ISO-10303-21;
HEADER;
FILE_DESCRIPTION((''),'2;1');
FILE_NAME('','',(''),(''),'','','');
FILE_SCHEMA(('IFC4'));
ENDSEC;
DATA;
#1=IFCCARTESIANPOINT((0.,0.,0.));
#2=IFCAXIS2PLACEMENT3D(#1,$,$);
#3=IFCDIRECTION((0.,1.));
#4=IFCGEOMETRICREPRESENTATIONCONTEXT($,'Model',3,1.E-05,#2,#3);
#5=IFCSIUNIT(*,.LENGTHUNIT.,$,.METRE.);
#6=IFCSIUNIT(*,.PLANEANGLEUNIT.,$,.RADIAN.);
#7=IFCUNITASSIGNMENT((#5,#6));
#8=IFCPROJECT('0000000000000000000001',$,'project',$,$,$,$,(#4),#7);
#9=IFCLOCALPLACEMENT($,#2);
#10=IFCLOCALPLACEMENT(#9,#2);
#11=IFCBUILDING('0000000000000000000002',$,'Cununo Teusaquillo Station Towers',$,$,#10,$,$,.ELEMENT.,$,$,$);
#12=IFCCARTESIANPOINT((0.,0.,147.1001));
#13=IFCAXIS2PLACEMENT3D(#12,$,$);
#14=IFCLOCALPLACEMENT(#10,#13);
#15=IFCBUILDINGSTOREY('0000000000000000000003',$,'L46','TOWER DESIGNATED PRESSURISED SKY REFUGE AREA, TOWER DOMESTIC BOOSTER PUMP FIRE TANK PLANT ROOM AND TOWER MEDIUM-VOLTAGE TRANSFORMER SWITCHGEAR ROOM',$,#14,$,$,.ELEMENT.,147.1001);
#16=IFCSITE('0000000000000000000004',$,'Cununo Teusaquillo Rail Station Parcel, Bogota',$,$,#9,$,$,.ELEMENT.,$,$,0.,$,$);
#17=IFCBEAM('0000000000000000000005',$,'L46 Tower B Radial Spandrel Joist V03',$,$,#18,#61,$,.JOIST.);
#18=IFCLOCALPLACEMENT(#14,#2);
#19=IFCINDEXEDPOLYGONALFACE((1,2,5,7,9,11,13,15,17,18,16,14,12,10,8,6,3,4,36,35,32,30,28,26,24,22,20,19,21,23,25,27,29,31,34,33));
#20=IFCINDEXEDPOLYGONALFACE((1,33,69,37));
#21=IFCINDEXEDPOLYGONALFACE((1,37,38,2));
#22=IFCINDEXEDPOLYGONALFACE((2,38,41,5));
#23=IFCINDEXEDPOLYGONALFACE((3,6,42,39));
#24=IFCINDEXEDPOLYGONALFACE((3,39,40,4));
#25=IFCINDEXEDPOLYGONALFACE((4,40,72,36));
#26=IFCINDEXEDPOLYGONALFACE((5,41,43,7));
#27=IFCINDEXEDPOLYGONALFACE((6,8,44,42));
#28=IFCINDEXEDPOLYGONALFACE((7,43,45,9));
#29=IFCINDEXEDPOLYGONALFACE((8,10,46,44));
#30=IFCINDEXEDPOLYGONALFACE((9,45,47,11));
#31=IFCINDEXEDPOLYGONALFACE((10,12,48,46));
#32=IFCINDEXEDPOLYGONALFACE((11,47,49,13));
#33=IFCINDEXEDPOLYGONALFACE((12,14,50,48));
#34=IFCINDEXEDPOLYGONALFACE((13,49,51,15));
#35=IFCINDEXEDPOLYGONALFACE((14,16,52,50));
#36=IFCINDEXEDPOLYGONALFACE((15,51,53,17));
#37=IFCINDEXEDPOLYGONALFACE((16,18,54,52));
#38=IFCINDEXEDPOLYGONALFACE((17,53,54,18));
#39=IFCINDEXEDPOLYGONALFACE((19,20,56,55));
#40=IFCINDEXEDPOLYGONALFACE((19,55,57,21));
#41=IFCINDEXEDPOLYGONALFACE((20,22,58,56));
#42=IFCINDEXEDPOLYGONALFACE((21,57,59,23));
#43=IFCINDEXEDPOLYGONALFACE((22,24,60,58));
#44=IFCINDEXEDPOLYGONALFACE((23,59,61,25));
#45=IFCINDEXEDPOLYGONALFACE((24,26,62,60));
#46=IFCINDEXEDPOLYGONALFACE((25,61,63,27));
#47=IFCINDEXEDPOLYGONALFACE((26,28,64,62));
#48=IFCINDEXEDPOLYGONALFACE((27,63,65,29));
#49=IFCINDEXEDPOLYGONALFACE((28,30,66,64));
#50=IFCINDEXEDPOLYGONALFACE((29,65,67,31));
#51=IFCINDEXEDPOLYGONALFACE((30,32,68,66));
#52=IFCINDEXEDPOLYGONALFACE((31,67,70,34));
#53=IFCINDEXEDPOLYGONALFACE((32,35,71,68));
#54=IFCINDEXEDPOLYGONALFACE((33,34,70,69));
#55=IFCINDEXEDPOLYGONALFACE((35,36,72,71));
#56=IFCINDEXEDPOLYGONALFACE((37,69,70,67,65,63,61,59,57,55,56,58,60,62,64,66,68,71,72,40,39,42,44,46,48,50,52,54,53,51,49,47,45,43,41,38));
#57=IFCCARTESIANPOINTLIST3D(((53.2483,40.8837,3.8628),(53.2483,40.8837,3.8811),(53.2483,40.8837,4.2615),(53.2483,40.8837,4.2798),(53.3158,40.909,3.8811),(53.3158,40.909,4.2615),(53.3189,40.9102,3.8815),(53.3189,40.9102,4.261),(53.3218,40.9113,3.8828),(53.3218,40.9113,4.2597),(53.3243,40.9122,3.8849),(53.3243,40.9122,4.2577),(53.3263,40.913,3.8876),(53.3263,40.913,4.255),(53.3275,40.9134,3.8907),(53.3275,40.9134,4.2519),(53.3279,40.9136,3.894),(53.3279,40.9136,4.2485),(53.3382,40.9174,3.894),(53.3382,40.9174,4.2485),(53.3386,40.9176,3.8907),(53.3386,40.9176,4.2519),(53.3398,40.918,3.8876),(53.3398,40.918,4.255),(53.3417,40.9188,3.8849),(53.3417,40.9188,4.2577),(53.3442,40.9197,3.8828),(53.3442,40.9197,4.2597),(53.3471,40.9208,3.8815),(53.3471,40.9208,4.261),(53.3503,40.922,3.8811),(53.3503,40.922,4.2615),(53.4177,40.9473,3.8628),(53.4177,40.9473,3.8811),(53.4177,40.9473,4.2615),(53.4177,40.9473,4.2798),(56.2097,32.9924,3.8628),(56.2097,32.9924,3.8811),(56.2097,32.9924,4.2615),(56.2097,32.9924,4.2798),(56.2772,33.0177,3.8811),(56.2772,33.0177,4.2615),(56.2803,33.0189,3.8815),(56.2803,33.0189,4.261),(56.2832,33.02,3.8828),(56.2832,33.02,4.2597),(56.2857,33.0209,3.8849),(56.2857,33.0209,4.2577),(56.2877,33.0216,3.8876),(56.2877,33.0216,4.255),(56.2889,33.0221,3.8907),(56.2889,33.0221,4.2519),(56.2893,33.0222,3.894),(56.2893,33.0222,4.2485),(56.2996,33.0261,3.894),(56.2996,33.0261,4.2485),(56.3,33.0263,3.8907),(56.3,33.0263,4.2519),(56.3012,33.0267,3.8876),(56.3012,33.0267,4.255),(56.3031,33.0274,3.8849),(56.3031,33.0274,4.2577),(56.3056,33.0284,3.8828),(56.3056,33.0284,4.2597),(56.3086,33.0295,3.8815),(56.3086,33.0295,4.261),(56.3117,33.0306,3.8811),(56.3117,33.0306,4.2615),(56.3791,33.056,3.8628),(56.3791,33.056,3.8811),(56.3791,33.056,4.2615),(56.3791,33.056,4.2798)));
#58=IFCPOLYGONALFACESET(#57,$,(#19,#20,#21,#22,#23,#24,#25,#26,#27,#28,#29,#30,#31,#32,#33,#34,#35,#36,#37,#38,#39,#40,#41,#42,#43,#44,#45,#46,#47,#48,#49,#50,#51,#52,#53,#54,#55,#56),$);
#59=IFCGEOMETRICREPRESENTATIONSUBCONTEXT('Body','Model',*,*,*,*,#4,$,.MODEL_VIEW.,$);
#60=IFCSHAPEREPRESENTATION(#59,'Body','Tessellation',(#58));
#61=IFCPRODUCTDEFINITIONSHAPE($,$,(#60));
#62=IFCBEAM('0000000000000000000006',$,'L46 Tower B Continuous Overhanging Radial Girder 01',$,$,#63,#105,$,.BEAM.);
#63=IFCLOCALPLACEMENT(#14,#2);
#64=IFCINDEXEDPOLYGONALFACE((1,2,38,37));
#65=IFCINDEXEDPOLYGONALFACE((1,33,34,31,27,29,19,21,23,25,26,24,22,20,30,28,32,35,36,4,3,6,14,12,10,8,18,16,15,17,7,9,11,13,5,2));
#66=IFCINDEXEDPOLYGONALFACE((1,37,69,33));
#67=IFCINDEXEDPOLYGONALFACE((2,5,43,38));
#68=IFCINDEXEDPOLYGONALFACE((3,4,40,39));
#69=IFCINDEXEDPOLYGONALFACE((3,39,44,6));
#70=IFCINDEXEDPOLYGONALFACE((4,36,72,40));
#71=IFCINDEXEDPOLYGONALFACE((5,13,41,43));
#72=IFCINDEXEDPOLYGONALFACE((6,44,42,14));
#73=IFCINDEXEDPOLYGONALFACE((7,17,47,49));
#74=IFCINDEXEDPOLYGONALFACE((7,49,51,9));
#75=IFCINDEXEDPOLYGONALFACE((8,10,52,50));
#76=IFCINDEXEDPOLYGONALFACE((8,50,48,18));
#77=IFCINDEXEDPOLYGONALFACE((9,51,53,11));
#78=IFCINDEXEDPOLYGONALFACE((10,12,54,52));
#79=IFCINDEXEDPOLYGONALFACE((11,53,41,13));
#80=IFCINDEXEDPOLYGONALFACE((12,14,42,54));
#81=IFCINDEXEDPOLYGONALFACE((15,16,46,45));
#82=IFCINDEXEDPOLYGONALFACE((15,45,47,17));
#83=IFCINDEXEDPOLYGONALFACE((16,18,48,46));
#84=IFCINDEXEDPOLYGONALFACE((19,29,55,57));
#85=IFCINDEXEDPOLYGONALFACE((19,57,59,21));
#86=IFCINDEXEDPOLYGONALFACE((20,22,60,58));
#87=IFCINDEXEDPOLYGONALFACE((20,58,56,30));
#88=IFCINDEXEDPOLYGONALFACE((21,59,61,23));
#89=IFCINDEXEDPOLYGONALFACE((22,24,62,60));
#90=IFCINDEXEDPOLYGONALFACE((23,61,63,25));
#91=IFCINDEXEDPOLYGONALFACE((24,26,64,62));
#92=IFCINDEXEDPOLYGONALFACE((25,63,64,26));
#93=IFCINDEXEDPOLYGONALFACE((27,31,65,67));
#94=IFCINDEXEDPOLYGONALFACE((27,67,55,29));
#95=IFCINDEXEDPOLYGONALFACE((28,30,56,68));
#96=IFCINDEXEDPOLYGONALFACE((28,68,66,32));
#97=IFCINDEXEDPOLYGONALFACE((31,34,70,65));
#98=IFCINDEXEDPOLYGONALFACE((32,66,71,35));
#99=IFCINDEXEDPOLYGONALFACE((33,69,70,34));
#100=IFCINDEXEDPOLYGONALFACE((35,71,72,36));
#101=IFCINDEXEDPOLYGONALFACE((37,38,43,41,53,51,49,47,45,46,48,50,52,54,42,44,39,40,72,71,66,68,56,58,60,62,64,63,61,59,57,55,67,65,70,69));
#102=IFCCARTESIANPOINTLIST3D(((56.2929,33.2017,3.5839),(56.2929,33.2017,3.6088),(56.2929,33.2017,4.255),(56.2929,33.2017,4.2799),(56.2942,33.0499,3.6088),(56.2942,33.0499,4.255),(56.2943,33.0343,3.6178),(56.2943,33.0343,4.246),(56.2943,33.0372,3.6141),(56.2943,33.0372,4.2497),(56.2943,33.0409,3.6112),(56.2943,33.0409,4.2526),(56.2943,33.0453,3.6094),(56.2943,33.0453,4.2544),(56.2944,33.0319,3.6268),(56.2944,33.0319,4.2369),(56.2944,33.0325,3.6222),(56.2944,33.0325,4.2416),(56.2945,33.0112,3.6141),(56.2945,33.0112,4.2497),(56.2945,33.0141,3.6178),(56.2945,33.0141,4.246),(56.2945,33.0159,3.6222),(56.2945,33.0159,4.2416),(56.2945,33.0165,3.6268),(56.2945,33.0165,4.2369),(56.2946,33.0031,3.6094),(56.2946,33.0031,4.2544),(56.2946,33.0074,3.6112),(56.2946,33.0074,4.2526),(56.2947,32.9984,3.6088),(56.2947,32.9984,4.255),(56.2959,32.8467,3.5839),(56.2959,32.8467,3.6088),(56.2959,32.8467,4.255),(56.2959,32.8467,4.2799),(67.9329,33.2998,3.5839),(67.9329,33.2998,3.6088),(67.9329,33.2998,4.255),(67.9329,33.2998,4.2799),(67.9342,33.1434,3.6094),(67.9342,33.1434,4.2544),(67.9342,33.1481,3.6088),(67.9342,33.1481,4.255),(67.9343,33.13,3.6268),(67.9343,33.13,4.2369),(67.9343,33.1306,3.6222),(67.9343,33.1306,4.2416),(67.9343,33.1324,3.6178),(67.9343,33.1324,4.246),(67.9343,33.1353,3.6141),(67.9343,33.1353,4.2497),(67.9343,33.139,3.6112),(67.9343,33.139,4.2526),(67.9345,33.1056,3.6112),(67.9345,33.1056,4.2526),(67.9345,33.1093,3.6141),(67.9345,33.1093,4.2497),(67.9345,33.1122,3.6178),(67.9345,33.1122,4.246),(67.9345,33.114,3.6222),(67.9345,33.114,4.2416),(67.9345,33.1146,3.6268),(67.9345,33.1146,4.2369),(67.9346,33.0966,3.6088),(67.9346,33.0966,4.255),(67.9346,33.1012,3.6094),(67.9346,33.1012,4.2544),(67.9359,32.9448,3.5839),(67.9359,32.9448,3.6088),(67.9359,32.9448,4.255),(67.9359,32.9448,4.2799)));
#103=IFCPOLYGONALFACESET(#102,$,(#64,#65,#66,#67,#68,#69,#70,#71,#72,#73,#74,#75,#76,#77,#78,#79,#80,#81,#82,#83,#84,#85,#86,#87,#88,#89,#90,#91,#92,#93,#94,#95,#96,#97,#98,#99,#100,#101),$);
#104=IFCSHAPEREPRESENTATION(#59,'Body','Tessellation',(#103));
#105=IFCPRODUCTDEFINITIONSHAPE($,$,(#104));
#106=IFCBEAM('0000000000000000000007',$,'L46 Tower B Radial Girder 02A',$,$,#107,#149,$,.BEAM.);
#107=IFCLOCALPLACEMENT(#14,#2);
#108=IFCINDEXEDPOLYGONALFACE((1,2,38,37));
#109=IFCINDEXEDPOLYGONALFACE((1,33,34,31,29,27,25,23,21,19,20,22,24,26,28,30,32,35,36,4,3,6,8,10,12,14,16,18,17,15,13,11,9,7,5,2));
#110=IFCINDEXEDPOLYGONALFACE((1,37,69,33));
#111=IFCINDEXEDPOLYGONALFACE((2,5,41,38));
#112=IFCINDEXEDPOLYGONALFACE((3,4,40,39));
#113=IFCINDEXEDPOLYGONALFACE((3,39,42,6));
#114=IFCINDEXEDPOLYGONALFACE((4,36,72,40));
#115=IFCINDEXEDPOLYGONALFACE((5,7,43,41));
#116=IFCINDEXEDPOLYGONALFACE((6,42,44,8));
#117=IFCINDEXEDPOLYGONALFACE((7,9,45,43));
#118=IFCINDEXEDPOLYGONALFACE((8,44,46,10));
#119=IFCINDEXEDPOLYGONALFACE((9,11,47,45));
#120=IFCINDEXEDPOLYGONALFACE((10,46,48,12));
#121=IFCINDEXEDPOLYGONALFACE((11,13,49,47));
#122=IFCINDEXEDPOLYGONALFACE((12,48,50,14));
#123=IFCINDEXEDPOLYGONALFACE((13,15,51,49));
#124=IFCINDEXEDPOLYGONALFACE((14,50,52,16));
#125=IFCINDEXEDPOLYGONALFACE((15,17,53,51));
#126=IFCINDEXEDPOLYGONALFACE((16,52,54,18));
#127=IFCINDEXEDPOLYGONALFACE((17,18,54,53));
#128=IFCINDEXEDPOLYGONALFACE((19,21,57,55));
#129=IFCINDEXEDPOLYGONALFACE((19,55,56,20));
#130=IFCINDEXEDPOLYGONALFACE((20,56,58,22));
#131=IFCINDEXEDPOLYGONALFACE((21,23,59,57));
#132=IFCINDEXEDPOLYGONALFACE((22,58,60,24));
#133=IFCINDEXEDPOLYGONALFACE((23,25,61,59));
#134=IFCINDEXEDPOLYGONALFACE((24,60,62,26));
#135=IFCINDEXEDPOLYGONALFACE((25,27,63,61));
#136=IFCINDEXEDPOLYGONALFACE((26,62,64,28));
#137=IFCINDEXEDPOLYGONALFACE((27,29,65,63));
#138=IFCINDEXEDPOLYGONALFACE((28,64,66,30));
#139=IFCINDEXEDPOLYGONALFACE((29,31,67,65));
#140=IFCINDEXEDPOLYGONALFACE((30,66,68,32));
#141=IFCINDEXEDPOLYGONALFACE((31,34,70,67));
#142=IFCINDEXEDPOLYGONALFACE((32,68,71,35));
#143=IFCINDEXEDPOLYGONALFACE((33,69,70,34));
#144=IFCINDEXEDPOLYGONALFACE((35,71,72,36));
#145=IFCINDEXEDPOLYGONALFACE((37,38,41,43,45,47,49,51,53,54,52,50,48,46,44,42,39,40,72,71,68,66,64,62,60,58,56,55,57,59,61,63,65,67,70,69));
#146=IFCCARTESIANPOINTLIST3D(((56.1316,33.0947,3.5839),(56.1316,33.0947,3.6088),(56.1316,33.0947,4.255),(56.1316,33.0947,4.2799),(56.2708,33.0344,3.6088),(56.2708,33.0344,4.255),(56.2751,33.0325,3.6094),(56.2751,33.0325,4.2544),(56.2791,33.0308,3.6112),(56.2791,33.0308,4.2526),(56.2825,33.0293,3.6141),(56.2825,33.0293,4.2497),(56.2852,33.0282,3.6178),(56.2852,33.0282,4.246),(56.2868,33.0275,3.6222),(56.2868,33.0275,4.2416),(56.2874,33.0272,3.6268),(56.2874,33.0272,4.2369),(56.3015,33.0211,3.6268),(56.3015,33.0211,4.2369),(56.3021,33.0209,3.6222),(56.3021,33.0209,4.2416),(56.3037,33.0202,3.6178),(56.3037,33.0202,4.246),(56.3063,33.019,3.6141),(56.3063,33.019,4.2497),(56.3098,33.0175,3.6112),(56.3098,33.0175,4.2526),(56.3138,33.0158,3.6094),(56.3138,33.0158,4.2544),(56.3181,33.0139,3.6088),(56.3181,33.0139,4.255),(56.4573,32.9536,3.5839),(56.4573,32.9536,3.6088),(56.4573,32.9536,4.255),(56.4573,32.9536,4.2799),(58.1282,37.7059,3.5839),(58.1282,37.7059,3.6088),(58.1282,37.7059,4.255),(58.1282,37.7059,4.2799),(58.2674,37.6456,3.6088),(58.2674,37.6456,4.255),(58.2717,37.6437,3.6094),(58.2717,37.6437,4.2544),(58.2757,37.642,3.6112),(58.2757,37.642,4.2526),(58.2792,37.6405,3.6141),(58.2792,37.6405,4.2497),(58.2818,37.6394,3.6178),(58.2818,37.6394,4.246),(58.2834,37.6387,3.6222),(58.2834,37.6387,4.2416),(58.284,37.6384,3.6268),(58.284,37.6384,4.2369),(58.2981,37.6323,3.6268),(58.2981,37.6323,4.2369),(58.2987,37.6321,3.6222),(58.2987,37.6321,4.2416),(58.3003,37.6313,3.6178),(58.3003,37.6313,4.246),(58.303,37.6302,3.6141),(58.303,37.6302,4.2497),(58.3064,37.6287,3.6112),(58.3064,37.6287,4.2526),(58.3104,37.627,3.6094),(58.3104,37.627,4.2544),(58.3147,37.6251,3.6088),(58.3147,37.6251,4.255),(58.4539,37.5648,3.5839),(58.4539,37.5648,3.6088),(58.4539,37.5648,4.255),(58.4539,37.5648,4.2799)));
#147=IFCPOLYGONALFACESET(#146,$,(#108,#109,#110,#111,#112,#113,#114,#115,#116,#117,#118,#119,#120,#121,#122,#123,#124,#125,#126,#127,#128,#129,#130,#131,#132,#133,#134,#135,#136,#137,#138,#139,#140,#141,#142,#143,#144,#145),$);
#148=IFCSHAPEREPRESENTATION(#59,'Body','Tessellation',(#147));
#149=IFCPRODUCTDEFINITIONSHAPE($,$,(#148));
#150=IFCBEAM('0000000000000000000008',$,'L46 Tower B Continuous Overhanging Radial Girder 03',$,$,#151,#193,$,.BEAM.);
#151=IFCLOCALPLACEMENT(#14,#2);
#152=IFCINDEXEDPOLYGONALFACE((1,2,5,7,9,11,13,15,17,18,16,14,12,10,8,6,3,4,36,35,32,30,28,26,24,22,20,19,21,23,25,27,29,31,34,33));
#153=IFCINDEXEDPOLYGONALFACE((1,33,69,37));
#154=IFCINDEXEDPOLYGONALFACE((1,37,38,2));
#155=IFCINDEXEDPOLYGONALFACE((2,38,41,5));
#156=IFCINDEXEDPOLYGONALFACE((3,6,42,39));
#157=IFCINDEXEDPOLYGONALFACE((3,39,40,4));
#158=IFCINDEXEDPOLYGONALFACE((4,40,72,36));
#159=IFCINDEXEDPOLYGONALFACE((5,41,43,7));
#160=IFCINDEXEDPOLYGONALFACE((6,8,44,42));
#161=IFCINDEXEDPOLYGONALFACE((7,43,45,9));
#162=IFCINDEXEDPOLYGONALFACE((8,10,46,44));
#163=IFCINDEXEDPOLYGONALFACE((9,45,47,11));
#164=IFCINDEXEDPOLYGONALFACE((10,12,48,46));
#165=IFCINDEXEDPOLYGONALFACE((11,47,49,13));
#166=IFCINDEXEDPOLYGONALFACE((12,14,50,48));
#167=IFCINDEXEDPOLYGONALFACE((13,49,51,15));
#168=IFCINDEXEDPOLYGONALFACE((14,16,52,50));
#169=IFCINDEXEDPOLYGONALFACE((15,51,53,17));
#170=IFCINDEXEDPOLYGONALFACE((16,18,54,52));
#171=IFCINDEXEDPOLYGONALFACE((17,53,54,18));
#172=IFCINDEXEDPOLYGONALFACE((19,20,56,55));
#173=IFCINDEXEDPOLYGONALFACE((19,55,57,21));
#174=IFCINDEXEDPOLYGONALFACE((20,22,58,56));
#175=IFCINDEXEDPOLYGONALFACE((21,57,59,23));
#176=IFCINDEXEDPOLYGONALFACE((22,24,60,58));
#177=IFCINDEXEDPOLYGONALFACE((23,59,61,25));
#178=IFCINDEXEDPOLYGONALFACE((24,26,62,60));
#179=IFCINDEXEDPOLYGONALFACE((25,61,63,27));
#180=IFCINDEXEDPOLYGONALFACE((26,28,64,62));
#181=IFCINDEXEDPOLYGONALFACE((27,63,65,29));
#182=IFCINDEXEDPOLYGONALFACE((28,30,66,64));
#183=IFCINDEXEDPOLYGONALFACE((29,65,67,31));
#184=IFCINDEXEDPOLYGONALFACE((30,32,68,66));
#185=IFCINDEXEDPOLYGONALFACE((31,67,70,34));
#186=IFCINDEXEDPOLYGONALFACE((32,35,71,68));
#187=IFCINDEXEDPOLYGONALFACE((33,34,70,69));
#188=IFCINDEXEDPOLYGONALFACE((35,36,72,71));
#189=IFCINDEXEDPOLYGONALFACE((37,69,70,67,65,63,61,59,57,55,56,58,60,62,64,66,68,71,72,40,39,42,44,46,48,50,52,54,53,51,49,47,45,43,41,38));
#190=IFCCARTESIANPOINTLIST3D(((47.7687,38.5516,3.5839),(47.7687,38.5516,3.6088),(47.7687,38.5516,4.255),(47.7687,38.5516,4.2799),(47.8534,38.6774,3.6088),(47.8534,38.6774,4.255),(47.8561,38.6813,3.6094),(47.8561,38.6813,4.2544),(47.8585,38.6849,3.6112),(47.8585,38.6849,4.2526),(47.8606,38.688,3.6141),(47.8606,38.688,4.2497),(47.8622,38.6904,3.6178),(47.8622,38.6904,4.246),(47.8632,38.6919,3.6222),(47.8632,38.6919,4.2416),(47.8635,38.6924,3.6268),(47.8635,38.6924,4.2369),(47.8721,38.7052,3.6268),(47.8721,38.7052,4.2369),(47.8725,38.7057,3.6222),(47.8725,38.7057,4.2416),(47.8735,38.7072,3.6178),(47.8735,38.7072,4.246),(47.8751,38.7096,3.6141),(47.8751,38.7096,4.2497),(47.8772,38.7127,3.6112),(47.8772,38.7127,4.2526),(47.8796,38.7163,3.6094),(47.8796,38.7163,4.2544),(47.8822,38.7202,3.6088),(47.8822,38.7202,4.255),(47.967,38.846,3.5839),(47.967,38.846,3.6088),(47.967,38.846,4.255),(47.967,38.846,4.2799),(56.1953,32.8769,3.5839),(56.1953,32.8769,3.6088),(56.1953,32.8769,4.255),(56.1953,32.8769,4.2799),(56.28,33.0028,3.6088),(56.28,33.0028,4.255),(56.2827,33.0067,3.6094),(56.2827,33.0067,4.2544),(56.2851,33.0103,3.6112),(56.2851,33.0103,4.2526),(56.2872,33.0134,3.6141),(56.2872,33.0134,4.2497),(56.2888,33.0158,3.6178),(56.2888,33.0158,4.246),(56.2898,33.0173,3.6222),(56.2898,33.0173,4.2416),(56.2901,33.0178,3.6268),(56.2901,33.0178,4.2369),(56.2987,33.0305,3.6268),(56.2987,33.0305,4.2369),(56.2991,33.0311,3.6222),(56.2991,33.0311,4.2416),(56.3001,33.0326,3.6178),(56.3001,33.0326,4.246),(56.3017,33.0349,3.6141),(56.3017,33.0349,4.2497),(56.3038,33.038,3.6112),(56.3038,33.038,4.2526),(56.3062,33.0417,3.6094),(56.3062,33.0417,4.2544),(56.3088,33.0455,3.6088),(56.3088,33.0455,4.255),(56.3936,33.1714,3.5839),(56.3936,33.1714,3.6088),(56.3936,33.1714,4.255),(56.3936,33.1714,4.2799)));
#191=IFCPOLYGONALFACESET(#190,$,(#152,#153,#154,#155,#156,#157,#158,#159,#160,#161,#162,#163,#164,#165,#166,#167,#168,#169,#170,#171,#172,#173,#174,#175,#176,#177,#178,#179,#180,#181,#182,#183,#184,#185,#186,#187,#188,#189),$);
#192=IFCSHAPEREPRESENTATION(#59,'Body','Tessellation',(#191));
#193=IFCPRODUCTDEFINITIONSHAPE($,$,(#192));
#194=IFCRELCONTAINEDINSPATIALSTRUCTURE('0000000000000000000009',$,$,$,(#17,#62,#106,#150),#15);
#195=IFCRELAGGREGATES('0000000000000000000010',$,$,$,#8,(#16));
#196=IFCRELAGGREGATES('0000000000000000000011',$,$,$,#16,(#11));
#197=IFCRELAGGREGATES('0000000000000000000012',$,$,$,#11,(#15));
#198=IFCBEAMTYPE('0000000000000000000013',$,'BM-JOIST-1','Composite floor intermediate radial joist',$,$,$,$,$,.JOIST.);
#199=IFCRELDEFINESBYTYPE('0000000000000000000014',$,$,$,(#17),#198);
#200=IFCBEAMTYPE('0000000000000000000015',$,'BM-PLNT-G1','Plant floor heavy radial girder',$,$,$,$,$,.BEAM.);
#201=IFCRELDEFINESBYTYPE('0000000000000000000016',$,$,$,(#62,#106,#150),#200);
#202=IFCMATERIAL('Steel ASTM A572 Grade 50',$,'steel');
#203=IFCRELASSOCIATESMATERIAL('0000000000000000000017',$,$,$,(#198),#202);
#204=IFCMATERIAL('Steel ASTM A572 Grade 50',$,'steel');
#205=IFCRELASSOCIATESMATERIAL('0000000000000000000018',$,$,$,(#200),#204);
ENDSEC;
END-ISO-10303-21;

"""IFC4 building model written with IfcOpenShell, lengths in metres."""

from ifc_helpers import new_model, si_unit, direction, frame, origin, origin_2d, place, context, subcontext, project, spatial, i_section, extrude, material, material_profile, profile_set, type_object, element, save


model = new_model("IFC4")

# Units and contexts
model_context = context("Model", 3, precision=1e-05, world=origin(), true_north=direction((0.0, 1.0)))
body_context = subcontext(model_context, "Body", "Model", "MODEL_VIEW")
ifc_project = project(units=[si_unit("LENGTHUNIT", "METRE"), si_unit("PLANEANGLEUNIT", "RADIAN")], contexts=[model_context])

# Site, building, storey
site_placement = place(None, origin())
site = spatial("IfcSite", under=ifc_project, at=site_placement, Name="Cununo Teusaquillo Rail Station Parcel, Bogota", CompositionType="ELEMENT", RefElevation=0.0)
building_placement = place(site_placement, origin())
building = spatial("IfcBuilding", under=site, at=building_placement, Name="Cununo Teusaquillo Station Towers", CompositionType="ELEMENT")
storey_placement = place(building_placement, frame((0.0, 0.0, 147.1001)))
storey = spatial("IfcBuildingStorey", under=building, at=storey_placement, Name="L46", Description="TOWER DESIGNATED PRESSURISED SKY REFUGE AREA, TOWER DOMESTIC BOOSTER PUMP FIRE TANK PLANT ROOM AND TOWER MEDIUM-VOLTAGE TRANSFORMER SWITCHGEAR ROOM", CompositionType="ELEMENT", Elevation=147.1001)

# Beams
ifc_material_1 = material(Name="Steel ASTM A572 Grade 50", Category="steel")
ifc_material_profile_1 = material_profile(ifc_material_1, i_section(OverallWidth=0.1809, OverallDepth=0.417, WebThickness=0.011, FlangeThickness=0.0183, FilletRadius=0.0129, at=origin_2d()), Name="W16X57")
ifc_profile_set_1 = profile_set([ifc_material_profile_1], Name="Steel ASTM A572 Grade 50")
beam_type_1 = type_object("IfcBeamType", Name="BM-JOIST-1", Description="Composite floor intermediate radial joist", PredefinedType="JOIST", material=ifc_profile_set_1)
beam_1_placement = place(storey_placement, frame((56.2944, 33.0242, 4.0713), z_axis=(-0.351349, 0.936245, 0.0), x_axis=(-0.936245, -0.351349, 0.0)))
element("IfcBeam", 1, at=beam_1_placement, inside=storey, type_object=beam_type_1, Name="L46 Tower B Radial Spandrel Joist V03", PredefinedType="JOIST", context=body_context, shape_type="SweptSolid", body=[
    extrude(i_section(OverallWidth=0.1809, OverallDepth=0.417, WebThickness=0.011, FlangeThickness=0.0183, FilletRadius=0.0129, at=origin_2d()), origin(), (0.0, 0.0, 1.0), 8.4287),
])
ifc_material_2 = material(Name="Steel ASTM A572 Grade 50", Category="steel")
ifc_material_profile_2 = material_profile(ifc_material_2, i_section(OverallWidth=0.355, OverallDepth=0.696, WebThickness=0.0154, FlangeThickness=0.0249, FilletRadius=0.0181, at=origin_2d()), Name="W27X146")
ifc_profile_set_2 = profile_set([ifc_material_profile_2], Name="Steel ASTM A572 Grade 50")
beam_type_2 = type_object("IfcBeamType", Name="BM-PLNT-G1", Description="Plant floor heavy radial girder", PredefinedType="BEAM", material=ifc_profile_set_2)
beam_2_placement = place(storey_placement, frame((56.2944, 33.0242, 3.9319), z_axis=(0.999964, 0.008431, 0.0), x_axis=(-0.008431, 0.999964, 0.0)))
element("IfcBeam", 2, at=beam_2_placement, inside=storey, type_object=beam_type_2, Name="L46 Tower B Continuous Overhanging Radial Girder 01", PredefinedType="BEAM", context=body_context, shape_type="SweptSolid", body=[
    extrude(i_section(OverallWidth=0.355, OverallDepth=0.696, WebThickness=0.0154, FlangeThickness=0.0249, FilletRadius=0.0181, at=origin_2d()), origin(), (0.0, 0.0, 1.0), 11.6404),
])
beam_3_placement = place(storey_placement, frame((56.2944, 33.0242, 3.9319), z_axis=(0.397347, 0.917668, 0.0), x_axis=(-0.917668, 0.397347, 0.0)))
element("IfcBeam", 3, at=beam_3_placement, inside=storey, type_object=beam_type_2, Name="L46 Tower B Radial Girder 02A", PredefinedType="BEAM", context=body_context, shape_type="SweptSolid", body=[
    extrude(i_section(OverallWidth=0.355, OverallDepth=0.696, WebThickness=0.0154, FlangeThickness=0.0249, FilletRadius=0.0181, at=origin_2d()), origin(), (0.0, 0.0, 1.0), 5.0249),
])
beam_4_placement = place(storey_placement, frame((56.2944, 33.0242, 3.9319), z_axis=(-0.829457, 0.558571, 0.0), x_axis=(-0.558571, -0.829457, 0.0)))
element("IfcBeam", 4, at=beam_4_placement, inside=storey, type_object=beam_type_2, Name="L46 Tower B Continuous Overhanging Radial Girder 03", PredefinedType="BEAM", context=body_context, shape_type="SweptSolid", body=[
    extrude(i_section(OverallWidth=0.355, OverallDepth=0.696, WebThickness=0.0154, FlangeThickness=0.0249, FilletRadius=0.0181, at=origin_2d()), origin(), (0.0, 0.0, 1.0), 10.1592),
])

save(model, "model.ifc")
